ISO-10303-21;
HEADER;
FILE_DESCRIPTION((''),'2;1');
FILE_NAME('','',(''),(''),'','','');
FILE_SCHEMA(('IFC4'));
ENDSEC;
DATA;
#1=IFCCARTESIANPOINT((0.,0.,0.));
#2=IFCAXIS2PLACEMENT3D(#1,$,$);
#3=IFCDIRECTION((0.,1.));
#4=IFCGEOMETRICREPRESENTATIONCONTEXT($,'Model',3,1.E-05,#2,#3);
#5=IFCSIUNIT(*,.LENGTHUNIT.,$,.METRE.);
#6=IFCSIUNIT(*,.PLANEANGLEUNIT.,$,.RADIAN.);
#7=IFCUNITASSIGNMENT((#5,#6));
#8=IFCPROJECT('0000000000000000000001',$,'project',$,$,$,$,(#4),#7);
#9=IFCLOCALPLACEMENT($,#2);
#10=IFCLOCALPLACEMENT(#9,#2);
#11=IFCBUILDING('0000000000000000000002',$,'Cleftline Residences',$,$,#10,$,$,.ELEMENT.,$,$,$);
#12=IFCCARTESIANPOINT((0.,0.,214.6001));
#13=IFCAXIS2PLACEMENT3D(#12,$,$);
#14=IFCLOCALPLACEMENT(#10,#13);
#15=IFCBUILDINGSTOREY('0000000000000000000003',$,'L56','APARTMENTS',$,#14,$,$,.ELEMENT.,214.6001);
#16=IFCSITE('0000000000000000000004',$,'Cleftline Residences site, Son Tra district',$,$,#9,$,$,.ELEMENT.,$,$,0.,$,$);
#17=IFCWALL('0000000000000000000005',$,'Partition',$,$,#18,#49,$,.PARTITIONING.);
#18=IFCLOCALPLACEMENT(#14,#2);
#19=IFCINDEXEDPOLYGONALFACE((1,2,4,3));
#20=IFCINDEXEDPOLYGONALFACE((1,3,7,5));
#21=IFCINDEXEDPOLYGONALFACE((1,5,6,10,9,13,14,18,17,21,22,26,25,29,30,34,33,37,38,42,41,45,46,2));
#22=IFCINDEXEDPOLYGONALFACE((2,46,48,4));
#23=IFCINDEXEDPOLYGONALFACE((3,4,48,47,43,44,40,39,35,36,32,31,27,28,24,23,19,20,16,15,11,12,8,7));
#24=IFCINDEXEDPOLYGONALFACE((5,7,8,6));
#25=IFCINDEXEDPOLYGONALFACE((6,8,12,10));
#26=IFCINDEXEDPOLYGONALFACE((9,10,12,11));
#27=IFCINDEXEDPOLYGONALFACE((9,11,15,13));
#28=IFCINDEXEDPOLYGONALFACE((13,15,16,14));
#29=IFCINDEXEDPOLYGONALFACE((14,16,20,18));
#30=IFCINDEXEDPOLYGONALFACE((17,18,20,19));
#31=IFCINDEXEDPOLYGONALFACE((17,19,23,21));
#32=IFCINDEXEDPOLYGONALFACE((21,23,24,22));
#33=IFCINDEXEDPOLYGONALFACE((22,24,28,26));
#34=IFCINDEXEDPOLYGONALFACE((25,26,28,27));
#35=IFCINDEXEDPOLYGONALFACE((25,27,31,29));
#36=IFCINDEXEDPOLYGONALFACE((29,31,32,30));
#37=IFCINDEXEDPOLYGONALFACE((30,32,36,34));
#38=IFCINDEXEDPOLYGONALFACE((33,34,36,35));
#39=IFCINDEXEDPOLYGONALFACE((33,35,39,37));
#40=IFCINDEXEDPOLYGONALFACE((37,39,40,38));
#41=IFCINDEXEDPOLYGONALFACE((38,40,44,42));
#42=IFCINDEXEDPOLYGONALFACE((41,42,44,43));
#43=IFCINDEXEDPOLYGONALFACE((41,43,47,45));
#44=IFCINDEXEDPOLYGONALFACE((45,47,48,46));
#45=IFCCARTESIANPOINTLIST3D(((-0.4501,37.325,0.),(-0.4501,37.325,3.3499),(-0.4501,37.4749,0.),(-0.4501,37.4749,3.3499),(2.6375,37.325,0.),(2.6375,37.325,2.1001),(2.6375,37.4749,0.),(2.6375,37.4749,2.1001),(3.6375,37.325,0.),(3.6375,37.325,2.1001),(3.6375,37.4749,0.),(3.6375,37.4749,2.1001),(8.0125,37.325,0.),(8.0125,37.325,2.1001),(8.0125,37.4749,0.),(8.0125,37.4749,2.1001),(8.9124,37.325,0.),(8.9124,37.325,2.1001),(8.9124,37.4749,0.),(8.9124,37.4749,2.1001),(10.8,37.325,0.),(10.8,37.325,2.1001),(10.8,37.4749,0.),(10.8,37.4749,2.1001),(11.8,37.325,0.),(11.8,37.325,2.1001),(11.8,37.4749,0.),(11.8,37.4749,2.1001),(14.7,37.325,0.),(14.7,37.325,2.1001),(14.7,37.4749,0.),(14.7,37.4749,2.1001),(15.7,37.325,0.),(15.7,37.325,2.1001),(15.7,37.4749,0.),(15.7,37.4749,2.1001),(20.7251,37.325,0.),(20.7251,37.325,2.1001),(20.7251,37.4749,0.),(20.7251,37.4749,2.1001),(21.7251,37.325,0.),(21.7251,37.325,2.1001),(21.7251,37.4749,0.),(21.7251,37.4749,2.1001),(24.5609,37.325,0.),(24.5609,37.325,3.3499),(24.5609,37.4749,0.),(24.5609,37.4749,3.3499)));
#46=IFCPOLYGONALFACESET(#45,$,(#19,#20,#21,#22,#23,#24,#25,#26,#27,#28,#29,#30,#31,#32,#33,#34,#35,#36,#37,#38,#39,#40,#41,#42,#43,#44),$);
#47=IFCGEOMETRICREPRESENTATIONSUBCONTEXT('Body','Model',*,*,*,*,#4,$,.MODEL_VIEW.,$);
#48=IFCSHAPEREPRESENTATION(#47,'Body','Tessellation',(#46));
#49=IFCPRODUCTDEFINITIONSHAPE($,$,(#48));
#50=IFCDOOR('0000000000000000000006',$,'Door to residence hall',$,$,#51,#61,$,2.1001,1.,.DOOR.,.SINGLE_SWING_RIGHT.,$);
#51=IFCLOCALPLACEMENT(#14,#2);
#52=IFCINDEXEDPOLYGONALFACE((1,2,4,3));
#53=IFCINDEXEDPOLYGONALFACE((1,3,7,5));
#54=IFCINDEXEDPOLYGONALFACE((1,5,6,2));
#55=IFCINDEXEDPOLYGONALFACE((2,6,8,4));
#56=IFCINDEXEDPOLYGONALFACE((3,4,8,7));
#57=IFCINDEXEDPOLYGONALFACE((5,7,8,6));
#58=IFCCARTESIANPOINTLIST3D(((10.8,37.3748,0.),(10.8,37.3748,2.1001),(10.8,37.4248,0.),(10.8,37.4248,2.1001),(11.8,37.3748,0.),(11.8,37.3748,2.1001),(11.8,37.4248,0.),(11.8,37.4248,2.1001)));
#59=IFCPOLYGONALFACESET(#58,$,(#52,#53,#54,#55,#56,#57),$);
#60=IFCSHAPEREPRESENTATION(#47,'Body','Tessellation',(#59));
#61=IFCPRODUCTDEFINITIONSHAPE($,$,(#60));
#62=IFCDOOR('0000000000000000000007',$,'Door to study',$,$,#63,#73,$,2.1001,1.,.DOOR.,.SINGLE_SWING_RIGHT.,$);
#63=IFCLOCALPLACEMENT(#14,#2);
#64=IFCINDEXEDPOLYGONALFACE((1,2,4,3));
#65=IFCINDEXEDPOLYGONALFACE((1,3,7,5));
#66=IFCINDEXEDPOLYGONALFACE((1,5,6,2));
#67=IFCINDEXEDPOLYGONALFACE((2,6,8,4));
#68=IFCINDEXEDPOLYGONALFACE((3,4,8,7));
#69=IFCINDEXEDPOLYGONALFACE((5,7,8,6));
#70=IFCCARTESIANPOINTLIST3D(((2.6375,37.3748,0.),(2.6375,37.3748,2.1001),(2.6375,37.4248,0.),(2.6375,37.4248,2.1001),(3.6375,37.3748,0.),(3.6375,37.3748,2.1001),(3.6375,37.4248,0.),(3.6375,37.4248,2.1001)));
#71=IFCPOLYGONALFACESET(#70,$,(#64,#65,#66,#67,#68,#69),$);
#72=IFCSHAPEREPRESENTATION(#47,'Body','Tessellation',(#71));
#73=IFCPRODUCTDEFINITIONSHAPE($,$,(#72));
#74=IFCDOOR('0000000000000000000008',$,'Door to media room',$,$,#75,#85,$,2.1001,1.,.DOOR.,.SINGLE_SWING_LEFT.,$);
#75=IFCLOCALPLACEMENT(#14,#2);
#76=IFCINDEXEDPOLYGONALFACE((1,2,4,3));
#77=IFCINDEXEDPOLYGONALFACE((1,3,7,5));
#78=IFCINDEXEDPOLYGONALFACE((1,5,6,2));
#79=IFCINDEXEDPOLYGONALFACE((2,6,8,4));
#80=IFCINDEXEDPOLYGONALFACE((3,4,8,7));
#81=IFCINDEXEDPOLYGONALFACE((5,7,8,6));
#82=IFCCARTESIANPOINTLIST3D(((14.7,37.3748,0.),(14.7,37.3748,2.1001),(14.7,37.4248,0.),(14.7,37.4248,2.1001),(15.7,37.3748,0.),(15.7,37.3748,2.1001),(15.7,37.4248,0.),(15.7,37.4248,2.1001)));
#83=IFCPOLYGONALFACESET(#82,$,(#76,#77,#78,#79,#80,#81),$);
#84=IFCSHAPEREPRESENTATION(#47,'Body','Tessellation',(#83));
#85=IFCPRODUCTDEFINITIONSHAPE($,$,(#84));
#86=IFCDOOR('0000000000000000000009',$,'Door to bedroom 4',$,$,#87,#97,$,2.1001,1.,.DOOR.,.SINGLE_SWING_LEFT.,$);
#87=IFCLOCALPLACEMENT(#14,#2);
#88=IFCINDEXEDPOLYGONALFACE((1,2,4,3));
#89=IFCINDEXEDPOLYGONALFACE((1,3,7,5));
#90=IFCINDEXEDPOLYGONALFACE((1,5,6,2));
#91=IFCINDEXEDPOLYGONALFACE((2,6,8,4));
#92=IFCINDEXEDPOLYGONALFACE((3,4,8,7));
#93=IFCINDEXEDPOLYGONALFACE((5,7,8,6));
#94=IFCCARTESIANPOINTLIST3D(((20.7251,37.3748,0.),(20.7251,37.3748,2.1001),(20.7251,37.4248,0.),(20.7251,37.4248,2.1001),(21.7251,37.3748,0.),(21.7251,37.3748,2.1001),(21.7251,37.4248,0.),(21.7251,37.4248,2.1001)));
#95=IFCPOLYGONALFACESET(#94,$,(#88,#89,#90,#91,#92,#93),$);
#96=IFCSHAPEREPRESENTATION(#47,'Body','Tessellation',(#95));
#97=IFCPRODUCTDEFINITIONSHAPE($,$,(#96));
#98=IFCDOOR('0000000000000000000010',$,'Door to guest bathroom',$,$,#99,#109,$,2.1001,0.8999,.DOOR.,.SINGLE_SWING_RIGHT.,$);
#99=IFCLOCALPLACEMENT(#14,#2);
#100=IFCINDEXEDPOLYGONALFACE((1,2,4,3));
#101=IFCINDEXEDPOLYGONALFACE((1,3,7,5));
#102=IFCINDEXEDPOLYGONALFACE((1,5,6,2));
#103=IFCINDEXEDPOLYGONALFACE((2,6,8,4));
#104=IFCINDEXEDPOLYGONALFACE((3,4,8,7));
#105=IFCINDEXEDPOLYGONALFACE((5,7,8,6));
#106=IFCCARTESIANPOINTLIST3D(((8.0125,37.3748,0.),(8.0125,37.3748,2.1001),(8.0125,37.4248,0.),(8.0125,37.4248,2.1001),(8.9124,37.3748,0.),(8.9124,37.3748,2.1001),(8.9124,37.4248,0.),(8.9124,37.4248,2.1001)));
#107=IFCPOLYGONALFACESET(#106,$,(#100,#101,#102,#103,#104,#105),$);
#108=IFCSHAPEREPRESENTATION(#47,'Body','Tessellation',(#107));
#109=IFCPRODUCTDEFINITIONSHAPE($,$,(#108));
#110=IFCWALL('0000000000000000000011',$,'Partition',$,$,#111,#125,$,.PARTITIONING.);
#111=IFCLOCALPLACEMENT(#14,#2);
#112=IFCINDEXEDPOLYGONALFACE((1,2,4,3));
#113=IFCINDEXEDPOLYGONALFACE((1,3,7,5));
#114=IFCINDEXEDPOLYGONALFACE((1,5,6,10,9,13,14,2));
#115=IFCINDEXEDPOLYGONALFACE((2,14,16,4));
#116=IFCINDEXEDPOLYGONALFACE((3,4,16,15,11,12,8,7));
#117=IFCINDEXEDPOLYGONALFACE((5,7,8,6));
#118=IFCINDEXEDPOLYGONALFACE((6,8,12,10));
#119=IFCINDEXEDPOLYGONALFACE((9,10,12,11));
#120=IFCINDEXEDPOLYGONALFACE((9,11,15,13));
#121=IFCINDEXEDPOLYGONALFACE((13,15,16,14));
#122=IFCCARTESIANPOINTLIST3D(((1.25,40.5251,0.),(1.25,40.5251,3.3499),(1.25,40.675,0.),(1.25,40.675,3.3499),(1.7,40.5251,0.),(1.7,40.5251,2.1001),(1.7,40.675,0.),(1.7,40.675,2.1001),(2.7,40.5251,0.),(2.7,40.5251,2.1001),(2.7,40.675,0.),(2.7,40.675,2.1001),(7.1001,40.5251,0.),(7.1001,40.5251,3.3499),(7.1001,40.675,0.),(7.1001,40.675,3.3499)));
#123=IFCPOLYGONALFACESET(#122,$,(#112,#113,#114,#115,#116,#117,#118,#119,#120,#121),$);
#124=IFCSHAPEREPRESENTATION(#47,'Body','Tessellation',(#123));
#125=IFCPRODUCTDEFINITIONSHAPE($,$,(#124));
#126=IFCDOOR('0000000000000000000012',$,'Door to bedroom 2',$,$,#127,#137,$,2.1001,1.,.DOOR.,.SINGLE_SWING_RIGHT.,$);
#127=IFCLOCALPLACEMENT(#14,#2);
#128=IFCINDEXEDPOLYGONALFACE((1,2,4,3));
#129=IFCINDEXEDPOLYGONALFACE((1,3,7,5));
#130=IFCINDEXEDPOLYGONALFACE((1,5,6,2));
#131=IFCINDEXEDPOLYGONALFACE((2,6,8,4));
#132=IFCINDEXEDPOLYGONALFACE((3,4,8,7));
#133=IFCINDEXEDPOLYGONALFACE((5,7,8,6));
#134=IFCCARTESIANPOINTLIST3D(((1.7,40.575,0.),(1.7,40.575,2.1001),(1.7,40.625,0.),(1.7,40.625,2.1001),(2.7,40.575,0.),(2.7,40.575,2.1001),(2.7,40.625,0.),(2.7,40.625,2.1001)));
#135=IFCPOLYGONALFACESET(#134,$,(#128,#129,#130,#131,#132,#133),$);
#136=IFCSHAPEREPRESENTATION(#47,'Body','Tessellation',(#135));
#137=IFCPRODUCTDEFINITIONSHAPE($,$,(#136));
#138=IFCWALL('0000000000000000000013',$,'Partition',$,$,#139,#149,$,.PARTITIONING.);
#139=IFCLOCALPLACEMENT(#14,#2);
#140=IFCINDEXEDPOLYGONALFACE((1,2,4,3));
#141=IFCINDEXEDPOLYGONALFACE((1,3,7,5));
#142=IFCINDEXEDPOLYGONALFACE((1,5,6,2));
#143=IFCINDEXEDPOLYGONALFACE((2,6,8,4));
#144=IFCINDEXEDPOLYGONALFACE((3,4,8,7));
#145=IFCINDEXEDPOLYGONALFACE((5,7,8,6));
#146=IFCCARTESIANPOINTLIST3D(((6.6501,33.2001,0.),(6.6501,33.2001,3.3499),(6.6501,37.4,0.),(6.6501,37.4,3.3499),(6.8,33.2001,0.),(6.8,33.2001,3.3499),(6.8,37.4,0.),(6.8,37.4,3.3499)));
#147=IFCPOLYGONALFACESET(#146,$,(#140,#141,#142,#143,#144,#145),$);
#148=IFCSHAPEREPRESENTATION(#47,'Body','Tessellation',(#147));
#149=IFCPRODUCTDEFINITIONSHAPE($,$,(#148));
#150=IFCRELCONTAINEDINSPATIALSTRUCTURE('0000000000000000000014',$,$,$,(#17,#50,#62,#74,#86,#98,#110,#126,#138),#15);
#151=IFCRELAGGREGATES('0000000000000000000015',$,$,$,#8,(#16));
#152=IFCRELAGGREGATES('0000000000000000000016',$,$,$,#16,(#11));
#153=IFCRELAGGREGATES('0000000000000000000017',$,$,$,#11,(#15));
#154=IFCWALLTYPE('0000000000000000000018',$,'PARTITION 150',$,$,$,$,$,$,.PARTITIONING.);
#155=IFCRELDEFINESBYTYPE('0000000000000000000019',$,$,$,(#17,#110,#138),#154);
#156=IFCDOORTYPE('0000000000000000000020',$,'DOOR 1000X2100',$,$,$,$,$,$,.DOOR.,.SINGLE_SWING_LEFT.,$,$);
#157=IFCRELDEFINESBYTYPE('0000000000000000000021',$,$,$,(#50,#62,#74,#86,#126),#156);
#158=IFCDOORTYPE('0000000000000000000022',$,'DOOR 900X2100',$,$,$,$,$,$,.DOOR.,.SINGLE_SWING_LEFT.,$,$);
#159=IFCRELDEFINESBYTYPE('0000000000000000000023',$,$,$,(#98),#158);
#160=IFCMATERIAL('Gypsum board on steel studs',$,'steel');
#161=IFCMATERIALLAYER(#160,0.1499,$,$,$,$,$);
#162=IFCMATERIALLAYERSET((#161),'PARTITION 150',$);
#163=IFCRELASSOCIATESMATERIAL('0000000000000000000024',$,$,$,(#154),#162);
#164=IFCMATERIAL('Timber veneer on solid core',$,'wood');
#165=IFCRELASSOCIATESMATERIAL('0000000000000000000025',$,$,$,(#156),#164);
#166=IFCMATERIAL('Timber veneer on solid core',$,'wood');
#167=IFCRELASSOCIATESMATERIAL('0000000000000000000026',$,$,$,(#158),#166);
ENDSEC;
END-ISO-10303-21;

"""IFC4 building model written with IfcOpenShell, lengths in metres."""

from ifc_helpers import new_model, si_unit, direction, frame, frame_2d, origin, place, context, subcontext, project, spatial, rectangle, extrude, material, layer, layer_set, type_object, element, fill, save


model = new_model("IFC4")

# Units and contexts
model_context = context("Model", 3, precision=1e-05, world=origin(), true_north=direction((0.0, 1.0)))
body_context = subcontext(model_context, "Body", "Model", "MODEL_VIEW")
ifc_project = project(units=[si_unit("LENGTHUNIT", "METRE"), si_unit("PLANEANGLEUNIT", "RADIAN")], contexts=[model_context])

# Site, building, storey
site_placement = place(None, origin())
site = spatial("IfcSite", under=ifc_project, at=site_placement, Name="Cleftline Residences site, Son Tra district", CompositionType="ELEMENT", RefElevation=0.0)
building_placement = place(site_placement, origin())
building = spatial("IfcBuilding", under=site, at=building_placement, Name="Cleftline Residences", CompositionType="ELEMENT")
storey_placement = place(building_placement, frame((0.0, 0.0, 214.6001)))
storey = spatial("IfcBuildingStorey", under=building, at=storey_placement, Name="L56", Description="APARTMENTS", CompositionType="ELEMENT", Elevation=214.6001)

# Shared definitions
ifc_material_1 = material(Name="Gypsum board on steel studs", Category="steel")
ifc_layer = layer(ifc_material_1, 0.1499)
ifc_layer_set = layer_set([ifc_layer], Name="PARTITION 150")
wall_type = type_object("IfcWallType", Name="PARTITION 150", PredefinedType="PARTITIONING", material=ifc_layer_set)

# Wall, openings, doors
wall_1_placement = place(storey_placement, frame((-0.45, 37.3999, 0.0), z_axis=(0.0, 0.0, 1.0), x_axis=(1.0, 0.0, 0.0)))
wall_1 = element("IfcWall", 1, at=wall_1_placement, inside=storey, type_object=wall_type, Name="Partition", PredefinedType="PARTITIONING", context=body_context, shape_type="SweptSolid", body=[
    extrude(rectangle(XDim=25.011, YDim=0.1499, at=frame_2d((12.5054, 0.0))), origin(), (0.0, 0.0, 1.0), 3.3499),
])
opening_1_placement = place(wall_1_placement, frame((11.25, 0.0, 0.0)))
opening_1 = element("IfcOpeningElement", 2, at=opening_1_placement, cuts=wall_1, PredefinedType="OPENING", context=body_context, shape_type="SweptSolid", body=[
    extrude(rectangle(XDim=1.0, YDim=2.1001, at=frame_2d((0.5, 1.05))), frame((0.0, 0.085, 0.0), z_axis=(0.0, -1.0, 0.0), x_axis=(1.0, 0.0, 0.0)), (0.0, 0.0, 1.0), 0.1699),
])
opening_2_placement = place(wall_1_placement, frame((3.0874, 0.0, 0.0)))
opening_2 = element("IfcOpeningElement", 3, at=opening_2_placement, cuts=wall_1, PredefinedType="OPENING", context=body_context, shape_type="SweptSolid", body=[
    extrude(rectangle(XDim=1.0, YDim=2.1001, at=frame_2d((0.5, 1.05))), frame((0.0, 0.085, 0.0), z_axis=(0.0, -1.0, 0.0), x_axis=(1.0, 0.0, 0.0)), (0.0, 0.0, 1.0), 0.1699),
])
opening_3_placement = place(wall_1_placement, frame((8.4624, 0.0, 0.0)))
opening_3 = element("IfcOpeningElement", 4, at=opening_3_placement, cuts=wall_1, PredefinedType="OPENING", context=body_context, shape_type="SweptSolid", body=[
    extrude(rectangle(XDim=0.8999, YDim=2.1001, at=frame_2d((0.45, 1.05))), frame((0.0, 0.085, 0.0), z_axis=(0.0, -1.0, 0.0), x_axis=(1.0, 0.0, 0.0)), (0.0, 0.0, 1.0), 0.1699),
])
opening_4_placement = place(wall_1_placement, frame((15.1499, 0.0, 0.0)))
opening_4 = element("IfcOpeningElement", 5, at=opening_4_placement, cuts=wall_1, PredefinedType="OPENING", context=body_context, shape_type="SweptSolid", body=[
    extrude(rectangle(XDim=1.0, YDim=2.1001, at=frame_2d((0.5, 1.05))), frame((0.0, 0.085, 0.0), z_axis=(0.0, -1.0, 0.0), x_axis=(1.0, 0.0, 0.0)), (0.0, 0.0, 1.0), 0.1699),
])
opening_5_placement = place(wall_1_placement, frame((21.175, 0.0, 0.0)))
opening_5 = element("IfcOpeningElement", 6, at=opening_5_placement, cuts=wall_1, PredefinedType="OPENING", context=body_context, shape_type="SweptSolid", body=[
    extrude(rectangle(XDim=1.0, YDim=2.1001, at=frame_2d((0.5, 1.05))), frame((0.0, 0.085, 0.0), z_axis=(0.0, -1.0, 0.0), x_axis=(1.0, 0.0, 0.0)), (0.0, 0.0, 1.0), 0.1699),
])
ifc_material_2 = material(Name="Timber veneer on solid core", Category="wood")
door_type_1 = type_object("IfcDoorType", Name="DOOR 1000X2100", OperationType="SINGLE_SWING_LEFT", PredefinedType="DOOR", material=ifc_material_2)
door_1_placement = place(opening_1_placement, origin())
door_1 = element("IfcDoor", 7, at=door_1_placement, inside=storey, type_object=door_type_1, Name="Door to residence hall", OperationType="SINGLE_SWING_RIGHT", OverallHeight=2.1001, OverallWidth=1.0, PredefinedType="DOOR", context=body_context, shape_type="SweptSolid", body=[
    extrude(rectangle(XDim=1.0, YDim=2.1001, at=frame_2d((0.5, 1.05))), frame((0.0, 0.0249, 0.0), z_axis=(0.0, -1.0, 0.0), x_axis=(1.0, 0.0, 0.0)), (0.0, 0.0, 1.0), 0.05),
])
fill(opening_1, door_1)
door_2_placement = place(opening_2_placement, origin())
door_2 = element("IfcDoor", 8, at=door_2_placement, inside=storey, type_object=door_type_1, Name="Door to study", OperationType="SINGLE_SWING_RIGHT", OverallHeight=2.1001, OverallWidth=1.0, PredefinedType="DOOR", context=body_context, shape_type="SweptSolid", body=[
    extrude(rectangle(XDim=1.0, YDim=2.1001, at=frame_2d((0.5, 1.05))), frame((0.0, 0.0249, 0.0), z_axis=(0.0, -1.0, 0.0), x_axis=(1.0, 0.0, 0.0)), (0.0, 0.0, 1.0), 0.05),
])
fill(opening_2, door_2)
door_3_placement = place(opening_4_placement, origin())
door_3 = element("IfcDoor", 9, at=door_3_placement, inside=storey, type_object=door_type_1, Name="Door to media room", OperationType="SINGLE_SWING_LEFT", OverallHeight=2.1001, OverallWidth=1.0, PredefinedType="DOOR", context=body_context, shape_type="SweptSolid", body=[
    extrude(rectangle(XDim=1.0, YDim=2.1001, at=frame_2d((0.5, 1.05))), frame((0.0, 0.0249, 0.0), z_axis=(0.0, -1.0, 0.0), x_axis=(1.0, 0.0, 0.0)), (0.0, 0.0, 1.0), 0.05),
])
fill(opening_4, door_3)
door_4_placement = place(opening_5_placement, origin())
door_4 = element("IfcDoor", 10, at=door_4_placement, inside=storey, type_object=door_type_1, Name="Door to bedroom 4", OperationType="SINGLE_SWING_LEFT", OverallHeight=2.1001, OverallWidth=1.0, PredefinedType="DOOR", context=body_context, shape_type="SweptSolid", body=[
    extrude(rectangle(XDim=1.0, YDim=2.1001, at=frame_2d((0.5, 1.05))), frame((0.0, 0.0249, 0.0), z_axis=(0.0, -1.0, 0.0), x_axis=(1.0, 0.0, 0.0)), (0.0, 0.0, 1.0), 0.05),
])
fill(opening_5, door_4)
ifc_material_3 = material(Name="Timber veneer on solid core", Category="wood")
door_type_2 = type_object("IfcDoorType", Name="DOOR 900X2100", OperationType="SINGLE_SWING_LEFT", PredefinedType="DOOR", material=ifc_material_3)
door_5_placement = place(opening_3_placement, origin())
door_5 = element("IfcDoor", 11, at=door_5_placement, inside=storey, type_object=door_type_2, Name="Door to guest bathroom", OperationType="SINGLE_SWING_RIGHT", OverallHeight=2.1001, OverallWidth=0.8999, PredefinedType="DOOR", context=body_context, shape_type="SweptSolid", body=[
    extrude(rectangle(XDim=0.8999, YDim=2.1001, at=frame_2d((0.45, 1.05))), frame((0.0, 0.0249, 0.0), z_axis=(0.0, -1.0, 0.0), x_axis=(1.0, 0.0, 0.0)), (0.0, 0.0, 1.0), 0.05),
])
fill(opening_3, door_5)

# Wall, opening, door
wall_2_placement = place(storey_placement, frame((1.25, 40.6001, 0.0), z_axis=(0.0, 0.0, 1.0), x_axis=(1.0, 0.0, 0.0)))
wall_2 = element("IfcWall", 12, at=wall_2_placement, inside=storey, type_object=wall_type, Name="Partition", PredefinedType="PARTITIONING", context=body_context, shape_type="SweptSolid", body=[
    extrude(rectangle(XDim=5.8501, YDim=0.1499, at=frame_2d((2.925, 0.0))), origin(), (0.0, 0.0, 1.0), 3.3499),
])
opening_6_placement = place(wall_2_placement, frame((0.45, 0.0, 0.0)))
opening_6 = element("IfcOpeningElement", 13, at=opening_6_placement, cuts=wall_2, PredefinedType="OPENING", context=body_context, shape_type="SweptSolid", body=[
    extrude(rectangle(XDim=1.0, YDim=2.1001, at=frame_2d((0.5, 1.05))), frame((0.0, 0.085, 0.0), z_axis=(0.0, -1.0, 0.0), x_axis=(1.0, 0.0, 0.0)), (0.0, 0.0, 1.0), 0.1699),
])
door_6_placement = place(opening_6_placement, origin())
door_6 = element("IfcDoor", 14, at=door_6_placement, inside=storey, type_object=door_type_1, Name="Door to bedroom 2", OperationType="SINGLE_SWING_RIGHT", OverallHeight=2.1001, OverallWidth=1.0, PredefinedType="DOOR", context=body_context, shape_type="SweptSolid", body=[
    extrude(rectangle(XDim=1.0, YDim=2.1001, at=frame_2d((0.5, 1.05))), frame((0.0, 0.0249, 0.0), z_axis=(0.0, -1.0, 0.0), x_axis=(1.0, 0.0, 0.0)), (0.0, 0.0, 1.0), 0.05),
])
fill(opening_6, door_6)

# Wall
wall_3_placement = place(storey_placement, frame((6.7251, 33.2, 0.0), z_axis=(0.0, 0.0, 1.0), x_axis=(0.0, 1.0, 0.0)))
element("IfcWall", 15, at=wall_3_placement, inside=storey, type_object=wall_type, Name="Partition", PredefinedType="PARTITIONING", context=body_context, shape_type="SweptSolid", body=[
    extrude(rectangle(XDim=4.2, YDim=0.1499, at=frame_2d((2.1001, 0.0))), origin(), (0.0, 0.0, 1.0), 3.3499),
])

save(model, "model.ifc")
